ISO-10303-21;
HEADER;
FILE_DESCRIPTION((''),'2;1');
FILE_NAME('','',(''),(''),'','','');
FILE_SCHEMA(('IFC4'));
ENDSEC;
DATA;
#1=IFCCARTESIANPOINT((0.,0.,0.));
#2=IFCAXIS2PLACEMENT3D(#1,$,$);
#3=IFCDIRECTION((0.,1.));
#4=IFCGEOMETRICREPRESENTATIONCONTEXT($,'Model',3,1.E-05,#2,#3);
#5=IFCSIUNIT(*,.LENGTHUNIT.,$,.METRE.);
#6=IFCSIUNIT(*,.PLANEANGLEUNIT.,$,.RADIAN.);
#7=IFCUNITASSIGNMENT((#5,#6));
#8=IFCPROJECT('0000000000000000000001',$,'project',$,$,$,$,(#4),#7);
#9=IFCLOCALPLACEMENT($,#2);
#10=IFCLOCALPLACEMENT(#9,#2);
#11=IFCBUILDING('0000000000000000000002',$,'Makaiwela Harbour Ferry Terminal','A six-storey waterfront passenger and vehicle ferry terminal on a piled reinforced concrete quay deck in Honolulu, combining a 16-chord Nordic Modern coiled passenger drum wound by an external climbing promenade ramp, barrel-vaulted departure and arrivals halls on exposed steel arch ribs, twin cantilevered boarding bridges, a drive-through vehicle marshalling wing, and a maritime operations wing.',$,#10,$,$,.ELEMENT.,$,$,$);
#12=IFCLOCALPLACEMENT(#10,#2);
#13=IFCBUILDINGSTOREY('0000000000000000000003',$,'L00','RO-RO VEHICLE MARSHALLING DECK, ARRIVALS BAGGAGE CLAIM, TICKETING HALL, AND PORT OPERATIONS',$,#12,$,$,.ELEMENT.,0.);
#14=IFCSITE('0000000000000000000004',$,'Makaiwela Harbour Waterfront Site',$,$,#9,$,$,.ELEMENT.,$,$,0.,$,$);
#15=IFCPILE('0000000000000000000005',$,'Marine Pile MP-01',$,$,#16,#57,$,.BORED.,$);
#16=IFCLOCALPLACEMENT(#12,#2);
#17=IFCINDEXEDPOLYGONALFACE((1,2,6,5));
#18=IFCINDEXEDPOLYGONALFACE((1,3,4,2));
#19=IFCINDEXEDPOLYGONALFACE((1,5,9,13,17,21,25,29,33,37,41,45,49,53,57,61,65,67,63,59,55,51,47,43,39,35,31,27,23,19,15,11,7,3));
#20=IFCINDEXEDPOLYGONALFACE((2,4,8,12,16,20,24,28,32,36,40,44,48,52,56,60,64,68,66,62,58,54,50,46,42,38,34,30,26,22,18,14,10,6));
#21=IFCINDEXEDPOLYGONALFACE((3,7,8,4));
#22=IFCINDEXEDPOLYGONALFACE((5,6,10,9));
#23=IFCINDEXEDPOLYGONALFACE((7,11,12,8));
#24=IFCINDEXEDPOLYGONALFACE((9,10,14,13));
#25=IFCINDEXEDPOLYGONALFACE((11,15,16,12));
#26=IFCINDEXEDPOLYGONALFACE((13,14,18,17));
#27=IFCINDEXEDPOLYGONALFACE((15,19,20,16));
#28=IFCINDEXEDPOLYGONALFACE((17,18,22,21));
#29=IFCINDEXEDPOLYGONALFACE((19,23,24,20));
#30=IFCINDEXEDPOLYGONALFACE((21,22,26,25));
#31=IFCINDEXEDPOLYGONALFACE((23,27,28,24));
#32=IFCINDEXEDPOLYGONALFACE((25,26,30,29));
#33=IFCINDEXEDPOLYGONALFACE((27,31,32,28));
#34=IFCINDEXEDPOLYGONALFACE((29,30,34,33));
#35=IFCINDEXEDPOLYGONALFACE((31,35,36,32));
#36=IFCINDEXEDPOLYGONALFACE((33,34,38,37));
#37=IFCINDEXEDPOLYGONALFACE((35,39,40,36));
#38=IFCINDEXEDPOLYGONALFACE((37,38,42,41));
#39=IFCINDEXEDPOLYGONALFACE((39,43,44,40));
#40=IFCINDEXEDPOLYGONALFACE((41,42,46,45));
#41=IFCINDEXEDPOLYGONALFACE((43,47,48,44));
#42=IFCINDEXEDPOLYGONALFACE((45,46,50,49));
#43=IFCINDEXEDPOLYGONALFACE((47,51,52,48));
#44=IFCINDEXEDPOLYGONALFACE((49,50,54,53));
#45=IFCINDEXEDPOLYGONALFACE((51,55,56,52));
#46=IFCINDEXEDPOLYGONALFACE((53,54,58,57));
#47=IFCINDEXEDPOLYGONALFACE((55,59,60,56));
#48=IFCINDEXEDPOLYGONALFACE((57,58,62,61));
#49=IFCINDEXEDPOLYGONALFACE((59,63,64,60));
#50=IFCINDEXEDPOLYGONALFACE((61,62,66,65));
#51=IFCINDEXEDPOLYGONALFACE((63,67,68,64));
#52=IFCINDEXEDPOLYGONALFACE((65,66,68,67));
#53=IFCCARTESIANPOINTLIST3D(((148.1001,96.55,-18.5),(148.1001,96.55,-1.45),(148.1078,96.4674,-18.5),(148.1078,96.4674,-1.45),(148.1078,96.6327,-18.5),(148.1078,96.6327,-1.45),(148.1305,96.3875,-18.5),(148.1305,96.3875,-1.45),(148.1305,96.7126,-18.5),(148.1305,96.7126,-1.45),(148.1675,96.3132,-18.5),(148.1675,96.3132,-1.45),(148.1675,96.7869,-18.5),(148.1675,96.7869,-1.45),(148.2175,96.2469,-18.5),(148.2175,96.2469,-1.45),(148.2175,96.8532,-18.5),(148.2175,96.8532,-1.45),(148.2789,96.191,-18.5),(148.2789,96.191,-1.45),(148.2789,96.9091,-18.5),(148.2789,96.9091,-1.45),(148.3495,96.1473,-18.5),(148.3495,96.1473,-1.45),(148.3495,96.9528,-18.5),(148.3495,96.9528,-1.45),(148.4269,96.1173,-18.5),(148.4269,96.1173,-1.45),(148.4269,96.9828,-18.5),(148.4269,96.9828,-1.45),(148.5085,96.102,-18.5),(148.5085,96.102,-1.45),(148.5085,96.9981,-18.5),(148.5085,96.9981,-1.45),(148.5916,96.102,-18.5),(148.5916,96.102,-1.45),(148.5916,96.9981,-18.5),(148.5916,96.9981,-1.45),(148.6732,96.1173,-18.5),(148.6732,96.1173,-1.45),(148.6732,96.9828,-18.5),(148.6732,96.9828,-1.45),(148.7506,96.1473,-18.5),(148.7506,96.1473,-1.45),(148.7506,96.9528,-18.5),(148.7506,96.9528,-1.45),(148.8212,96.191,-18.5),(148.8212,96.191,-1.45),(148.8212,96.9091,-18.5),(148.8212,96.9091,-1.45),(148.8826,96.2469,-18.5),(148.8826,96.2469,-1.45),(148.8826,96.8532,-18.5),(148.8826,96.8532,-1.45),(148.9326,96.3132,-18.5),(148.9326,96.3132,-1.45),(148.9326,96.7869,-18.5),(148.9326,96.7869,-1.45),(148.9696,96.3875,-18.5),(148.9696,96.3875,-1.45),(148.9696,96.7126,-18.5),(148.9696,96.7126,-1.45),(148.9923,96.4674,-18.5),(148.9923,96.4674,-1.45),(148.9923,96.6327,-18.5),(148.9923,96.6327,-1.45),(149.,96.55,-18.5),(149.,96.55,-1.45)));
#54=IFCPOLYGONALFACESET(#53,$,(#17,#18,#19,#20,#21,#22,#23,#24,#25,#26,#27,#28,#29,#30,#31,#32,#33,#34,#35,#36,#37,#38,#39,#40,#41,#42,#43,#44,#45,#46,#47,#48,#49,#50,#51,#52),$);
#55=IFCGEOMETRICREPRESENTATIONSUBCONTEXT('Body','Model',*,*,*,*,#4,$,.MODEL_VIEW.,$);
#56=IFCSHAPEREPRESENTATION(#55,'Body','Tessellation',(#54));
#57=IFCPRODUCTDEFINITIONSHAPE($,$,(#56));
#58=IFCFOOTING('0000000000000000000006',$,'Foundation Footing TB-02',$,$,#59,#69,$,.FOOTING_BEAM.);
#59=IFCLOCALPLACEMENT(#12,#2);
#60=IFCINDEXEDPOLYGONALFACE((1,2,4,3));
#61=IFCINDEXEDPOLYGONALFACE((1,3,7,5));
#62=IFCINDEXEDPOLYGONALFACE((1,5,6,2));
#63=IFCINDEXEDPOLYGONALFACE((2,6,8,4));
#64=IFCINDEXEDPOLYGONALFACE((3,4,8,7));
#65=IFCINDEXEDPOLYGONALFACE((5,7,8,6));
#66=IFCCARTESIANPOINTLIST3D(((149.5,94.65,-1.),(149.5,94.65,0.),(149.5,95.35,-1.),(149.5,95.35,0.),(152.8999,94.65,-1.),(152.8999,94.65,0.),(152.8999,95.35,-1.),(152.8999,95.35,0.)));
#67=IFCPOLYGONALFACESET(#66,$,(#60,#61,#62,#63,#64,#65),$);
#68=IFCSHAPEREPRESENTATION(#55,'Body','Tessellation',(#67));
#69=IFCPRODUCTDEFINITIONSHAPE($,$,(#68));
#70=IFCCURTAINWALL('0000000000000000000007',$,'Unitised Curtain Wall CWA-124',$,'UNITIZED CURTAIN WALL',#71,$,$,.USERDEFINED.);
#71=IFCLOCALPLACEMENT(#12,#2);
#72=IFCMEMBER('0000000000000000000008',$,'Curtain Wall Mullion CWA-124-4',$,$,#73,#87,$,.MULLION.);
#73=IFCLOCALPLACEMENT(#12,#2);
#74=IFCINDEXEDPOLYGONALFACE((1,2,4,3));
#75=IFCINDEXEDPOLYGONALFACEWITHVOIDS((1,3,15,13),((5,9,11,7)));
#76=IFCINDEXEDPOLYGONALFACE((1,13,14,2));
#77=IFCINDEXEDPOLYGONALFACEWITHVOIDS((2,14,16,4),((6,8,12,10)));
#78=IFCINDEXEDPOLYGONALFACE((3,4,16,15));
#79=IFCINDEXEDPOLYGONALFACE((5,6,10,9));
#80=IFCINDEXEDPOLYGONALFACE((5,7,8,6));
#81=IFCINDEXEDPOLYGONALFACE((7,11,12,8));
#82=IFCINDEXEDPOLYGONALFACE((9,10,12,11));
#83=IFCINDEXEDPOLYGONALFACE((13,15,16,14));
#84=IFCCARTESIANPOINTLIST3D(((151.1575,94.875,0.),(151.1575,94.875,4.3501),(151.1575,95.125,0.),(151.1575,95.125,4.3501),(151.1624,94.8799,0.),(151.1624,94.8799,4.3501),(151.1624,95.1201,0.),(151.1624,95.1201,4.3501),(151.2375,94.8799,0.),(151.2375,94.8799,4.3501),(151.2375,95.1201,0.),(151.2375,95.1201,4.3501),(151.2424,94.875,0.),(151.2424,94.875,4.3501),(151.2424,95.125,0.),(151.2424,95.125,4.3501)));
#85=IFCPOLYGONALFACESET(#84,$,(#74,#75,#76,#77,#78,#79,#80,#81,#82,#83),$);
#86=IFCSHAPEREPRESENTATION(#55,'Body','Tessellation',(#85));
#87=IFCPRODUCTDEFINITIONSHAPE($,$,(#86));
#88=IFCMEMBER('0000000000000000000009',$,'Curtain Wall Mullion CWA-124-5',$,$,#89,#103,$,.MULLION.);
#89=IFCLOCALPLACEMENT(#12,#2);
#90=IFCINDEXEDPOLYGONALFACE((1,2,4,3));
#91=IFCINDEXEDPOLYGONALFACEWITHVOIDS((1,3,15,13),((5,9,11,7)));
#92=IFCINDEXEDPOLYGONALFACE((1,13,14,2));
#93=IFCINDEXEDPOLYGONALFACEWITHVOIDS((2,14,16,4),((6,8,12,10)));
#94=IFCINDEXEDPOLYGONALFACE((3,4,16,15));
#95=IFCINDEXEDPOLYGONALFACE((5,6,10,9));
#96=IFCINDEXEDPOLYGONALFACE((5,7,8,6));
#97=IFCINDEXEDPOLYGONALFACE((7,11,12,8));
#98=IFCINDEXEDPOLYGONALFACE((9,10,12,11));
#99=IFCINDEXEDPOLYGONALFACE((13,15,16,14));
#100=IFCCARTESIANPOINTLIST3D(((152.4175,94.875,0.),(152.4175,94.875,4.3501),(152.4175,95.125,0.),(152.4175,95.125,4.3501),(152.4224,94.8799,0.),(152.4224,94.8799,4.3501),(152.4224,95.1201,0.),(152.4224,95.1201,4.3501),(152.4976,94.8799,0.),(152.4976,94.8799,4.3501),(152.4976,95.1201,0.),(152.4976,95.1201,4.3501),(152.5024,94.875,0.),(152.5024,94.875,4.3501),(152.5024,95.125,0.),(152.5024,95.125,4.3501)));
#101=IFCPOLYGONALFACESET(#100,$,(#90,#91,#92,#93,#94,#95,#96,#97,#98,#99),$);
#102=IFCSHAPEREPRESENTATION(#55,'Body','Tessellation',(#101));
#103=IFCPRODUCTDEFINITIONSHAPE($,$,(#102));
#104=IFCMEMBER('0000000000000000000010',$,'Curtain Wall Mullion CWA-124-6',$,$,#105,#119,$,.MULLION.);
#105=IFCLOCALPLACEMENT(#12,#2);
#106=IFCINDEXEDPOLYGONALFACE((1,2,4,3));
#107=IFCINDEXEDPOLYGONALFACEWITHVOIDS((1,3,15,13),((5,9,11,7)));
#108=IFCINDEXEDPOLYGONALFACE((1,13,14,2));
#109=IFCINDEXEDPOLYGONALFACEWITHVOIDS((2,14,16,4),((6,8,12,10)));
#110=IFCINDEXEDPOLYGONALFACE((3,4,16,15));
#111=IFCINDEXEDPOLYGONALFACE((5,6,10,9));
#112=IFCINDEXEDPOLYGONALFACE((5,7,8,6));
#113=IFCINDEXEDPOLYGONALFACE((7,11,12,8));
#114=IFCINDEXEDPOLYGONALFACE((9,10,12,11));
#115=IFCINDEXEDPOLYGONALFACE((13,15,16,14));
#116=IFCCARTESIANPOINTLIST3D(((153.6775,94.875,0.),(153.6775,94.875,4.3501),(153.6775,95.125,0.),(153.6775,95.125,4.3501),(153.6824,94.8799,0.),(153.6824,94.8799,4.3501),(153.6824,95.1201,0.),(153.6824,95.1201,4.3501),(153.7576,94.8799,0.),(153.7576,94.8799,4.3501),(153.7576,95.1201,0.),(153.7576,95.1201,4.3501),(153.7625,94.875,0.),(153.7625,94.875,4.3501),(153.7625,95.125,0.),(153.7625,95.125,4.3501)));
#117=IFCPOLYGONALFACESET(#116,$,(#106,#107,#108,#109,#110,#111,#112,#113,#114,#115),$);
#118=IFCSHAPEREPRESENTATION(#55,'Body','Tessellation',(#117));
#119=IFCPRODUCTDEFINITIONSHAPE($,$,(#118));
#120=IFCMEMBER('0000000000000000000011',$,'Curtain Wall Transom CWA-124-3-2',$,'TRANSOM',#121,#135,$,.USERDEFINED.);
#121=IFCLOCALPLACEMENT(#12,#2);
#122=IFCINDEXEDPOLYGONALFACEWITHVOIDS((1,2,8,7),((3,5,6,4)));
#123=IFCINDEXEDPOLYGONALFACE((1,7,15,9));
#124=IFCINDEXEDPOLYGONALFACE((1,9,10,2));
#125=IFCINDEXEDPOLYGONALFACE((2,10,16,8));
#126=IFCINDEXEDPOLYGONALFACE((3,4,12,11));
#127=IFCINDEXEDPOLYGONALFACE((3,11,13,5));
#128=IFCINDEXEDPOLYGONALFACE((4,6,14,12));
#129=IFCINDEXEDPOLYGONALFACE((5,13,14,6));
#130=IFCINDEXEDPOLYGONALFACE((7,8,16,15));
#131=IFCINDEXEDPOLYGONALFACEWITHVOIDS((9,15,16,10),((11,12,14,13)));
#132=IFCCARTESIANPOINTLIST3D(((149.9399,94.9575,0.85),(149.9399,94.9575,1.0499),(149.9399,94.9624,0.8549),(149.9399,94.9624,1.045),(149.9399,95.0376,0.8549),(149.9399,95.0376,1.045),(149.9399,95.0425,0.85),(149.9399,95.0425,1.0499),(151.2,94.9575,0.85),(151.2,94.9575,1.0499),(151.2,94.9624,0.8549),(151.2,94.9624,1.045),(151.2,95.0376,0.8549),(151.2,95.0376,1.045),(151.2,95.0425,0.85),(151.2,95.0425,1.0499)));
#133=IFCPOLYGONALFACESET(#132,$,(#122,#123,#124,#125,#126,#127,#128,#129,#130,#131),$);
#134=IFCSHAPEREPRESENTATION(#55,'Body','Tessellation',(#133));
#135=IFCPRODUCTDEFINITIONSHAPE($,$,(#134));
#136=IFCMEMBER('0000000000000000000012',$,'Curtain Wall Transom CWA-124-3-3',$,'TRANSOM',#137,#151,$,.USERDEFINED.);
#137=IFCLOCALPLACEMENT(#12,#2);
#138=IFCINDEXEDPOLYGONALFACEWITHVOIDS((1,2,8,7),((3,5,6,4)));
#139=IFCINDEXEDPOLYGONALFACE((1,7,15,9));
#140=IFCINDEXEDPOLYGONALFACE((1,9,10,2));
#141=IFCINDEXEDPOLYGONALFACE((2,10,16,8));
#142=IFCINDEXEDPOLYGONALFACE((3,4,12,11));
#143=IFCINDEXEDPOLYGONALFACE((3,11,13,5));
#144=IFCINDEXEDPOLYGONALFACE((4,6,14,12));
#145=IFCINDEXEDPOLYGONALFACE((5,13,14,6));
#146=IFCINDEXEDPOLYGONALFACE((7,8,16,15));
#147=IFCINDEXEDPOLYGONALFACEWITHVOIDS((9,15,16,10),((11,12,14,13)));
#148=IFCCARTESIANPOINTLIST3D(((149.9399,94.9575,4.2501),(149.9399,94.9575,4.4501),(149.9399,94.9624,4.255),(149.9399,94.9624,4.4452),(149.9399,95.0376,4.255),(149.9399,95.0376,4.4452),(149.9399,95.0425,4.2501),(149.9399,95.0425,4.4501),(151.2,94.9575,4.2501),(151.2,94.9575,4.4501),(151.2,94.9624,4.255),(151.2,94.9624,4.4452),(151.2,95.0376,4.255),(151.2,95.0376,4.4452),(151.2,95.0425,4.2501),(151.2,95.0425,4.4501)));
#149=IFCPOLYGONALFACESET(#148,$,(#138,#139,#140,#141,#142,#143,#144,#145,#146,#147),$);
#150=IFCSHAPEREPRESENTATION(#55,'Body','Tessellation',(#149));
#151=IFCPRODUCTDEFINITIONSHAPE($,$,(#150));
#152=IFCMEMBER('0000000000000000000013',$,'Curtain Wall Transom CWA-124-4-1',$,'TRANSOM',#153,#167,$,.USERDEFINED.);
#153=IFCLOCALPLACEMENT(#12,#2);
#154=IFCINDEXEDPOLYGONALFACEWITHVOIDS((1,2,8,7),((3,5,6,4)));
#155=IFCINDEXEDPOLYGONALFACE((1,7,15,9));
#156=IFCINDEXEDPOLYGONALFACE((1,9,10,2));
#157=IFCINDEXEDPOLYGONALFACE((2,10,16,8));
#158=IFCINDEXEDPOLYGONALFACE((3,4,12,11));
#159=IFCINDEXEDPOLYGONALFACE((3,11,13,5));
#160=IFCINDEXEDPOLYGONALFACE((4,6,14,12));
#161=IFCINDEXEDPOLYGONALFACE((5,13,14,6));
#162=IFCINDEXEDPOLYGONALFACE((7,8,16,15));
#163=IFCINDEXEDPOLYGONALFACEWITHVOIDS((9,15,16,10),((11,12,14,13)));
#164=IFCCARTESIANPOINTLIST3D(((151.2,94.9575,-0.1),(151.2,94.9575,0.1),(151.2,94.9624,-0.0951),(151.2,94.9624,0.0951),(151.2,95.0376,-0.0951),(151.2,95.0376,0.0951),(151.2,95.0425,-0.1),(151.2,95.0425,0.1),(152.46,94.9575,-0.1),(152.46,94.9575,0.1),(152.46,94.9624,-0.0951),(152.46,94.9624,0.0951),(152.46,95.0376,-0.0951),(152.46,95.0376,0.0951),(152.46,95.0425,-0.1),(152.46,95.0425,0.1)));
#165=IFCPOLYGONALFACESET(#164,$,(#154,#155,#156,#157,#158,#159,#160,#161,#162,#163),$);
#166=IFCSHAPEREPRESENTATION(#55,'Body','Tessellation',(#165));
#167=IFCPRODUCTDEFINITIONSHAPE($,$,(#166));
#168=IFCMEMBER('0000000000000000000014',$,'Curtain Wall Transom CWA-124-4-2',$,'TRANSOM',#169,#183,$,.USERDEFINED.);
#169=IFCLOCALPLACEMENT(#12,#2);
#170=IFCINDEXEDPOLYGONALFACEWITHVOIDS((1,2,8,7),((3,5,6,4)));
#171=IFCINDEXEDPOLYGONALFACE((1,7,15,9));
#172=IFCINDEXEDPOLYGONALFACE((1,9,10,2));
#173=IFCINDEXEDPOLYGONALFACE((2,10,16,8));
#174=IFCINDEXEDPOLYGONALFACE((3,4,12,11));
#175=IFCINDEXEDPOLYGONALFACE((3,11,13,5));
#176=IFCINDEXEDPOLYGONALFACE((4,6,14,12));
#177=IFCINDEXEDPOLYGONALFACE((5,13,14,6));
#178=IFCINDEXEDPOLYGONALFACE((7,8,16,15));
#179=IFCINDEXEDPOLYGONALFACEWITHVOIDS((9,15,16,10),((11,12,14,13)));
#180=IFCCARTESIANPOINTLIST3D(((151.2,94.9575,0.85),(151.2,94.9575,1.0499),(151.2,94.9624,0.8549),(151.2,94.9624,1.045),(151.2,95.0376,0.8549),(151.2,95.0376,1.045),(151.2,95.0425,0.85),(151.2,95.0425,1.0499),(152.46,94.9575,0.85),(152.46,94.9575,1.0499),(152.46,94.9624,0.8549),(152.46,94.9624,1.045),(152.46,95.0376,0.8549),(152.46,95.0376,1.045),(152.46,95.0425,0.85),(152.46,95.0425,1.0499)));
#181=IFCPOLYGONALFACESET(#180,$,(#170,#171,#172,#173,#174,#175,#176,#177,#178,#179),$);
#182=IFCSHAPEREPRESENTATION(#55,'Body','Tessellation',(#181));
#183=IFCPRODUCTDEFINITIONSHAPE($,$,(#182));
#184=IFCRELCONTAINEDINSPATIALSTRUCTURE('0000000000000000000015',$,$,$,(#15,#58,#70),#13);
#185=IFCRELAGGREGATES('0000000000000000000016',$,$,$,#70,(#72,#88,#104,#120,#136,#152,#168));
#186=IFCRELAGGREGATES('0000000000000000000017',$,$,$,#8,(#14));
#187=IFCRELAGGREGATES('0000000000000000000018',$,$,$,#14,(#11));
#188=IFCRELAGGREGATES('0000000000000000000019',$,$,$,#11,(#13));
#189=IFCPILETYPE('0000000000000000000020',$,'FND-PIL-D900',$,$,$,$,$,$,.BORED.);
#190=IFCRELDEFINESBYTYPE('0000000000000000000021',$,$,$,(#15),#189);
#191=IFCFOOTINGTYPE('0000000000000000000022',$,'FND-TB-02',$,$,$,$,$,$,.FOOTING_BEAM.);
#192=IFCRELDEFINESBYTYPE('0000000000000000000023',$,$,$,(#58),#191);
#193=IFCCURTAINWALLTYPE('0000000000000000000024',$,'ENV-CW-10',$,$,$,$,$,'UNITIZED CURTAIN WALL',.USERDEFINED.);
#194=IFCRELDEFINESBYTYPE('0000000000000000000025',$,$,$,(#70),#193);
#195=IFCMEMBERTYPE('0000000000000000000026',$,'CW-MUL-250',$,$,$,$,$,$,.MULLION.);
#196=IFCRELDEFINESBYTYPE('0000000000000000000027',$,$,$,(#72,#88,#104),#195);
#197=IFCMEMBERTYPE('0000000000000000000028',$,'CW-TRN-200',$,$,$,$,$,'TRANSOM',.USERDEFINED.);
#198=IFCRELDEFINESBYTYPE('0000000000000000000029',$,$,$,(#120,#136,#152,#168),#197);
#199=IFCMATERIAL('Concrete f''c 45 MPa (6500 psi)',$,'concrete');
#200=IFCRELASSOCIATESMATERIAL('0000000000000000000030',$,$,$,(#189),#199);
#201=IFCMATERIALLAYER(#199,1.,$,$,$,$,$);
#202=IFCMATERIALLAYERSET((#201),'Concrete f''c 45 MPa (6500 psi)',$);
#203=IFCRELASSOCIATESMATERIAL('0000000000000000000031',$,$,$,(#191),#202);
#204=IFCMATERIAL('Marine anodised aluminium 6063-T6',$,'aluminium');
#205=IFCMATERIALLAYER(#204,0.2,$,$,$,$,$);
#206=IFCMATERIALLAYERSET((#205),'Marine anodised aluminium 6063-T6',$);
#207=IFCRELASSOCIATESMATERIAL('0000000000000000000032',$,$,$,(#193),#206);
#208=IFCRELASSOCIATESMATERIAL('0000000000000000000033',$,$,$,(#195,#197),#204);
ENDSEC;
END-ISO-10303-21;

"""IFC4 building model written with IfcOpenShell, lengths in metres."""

from ifc_helpers import new_model, si_unit, direction, frame, origin, origin_2d, place, context, subcontext, project, spatial, rectangle, hollow_rectangle, circle, extrude, material, layer, layer_set, material_profile, profile_set, type_object, element, aggregate, save


model = new_model("IFC4")

# Units and contexts
model_context = context("Model", 3, precision=1e-05, world=origin(), true_north=direction((0.0, 1.0)))
body_context = subcontext(model_context, "Body", "Model", "MODEL_VIEW")
ifc_project = project(units=[si_unit("LENGTHUNIT", "METRE"), si_unit("PLANEANGLEUNIT", "RADIAN")], contexts=[model_context])

# Site, building, storey
site_placement = place(None, origin())
site = spatial("IfcSite", under=ifc_project, at=site_placement, Name="Makaiwela Harbour Waterfront Site", CompositionType="ELEMENT", RefElevation=0.0)
building_placement = place(site_placement, origin())
building = spatial("IfcBuilding", under=site, at=building_placement, Name="Makaiwela Harbour Ferry Terminal", Description="A six-storey waterfront passenger and vehicle ferry terminal on a piled reinforced concrete quay deck in Honolulu, combining a 16-chord Nordic Modern coiled passenger drum wound by an external climbing promenade ramp, barrel-vaulted departure and arrivals halls on exposed steel arch ribs, twin cantilevered boarding bridges, a drive-through vehicle marshalling wing, and a maritime operations wing.", CompositionType="ELEMENT")
storey_placement = place(building_placement, origin())
storey = spatial("IfcBuildingStorey", under=building, at=storey_placement, Name="L00", Description="RO-RO VEHICLE MARSHALLING DECK, ARRIVALS BAGGAGE CLAIM, TICKETING HALL, AND PORT OPERATIONS", CompositionType="ELEMENT", Elevation=0.0)

# Pile
ifc_material_1 = material(Name="Concrete f'c 45 MPa (6500 psi)", Category="concrete")
ifc_material_profile_1 = material_profile(ifc_material_1, circle(Radius=0.45, at=origin_2d()), Name="PILE-D900")
ifc_profile_set_1 = profile_set([ifc_material_profile_1], Name="Concrete f'c 45 MPa (6500 psi)")
pile_type = type_object("IfcPileType", Name="FND-PIL-D900", PredefinedType="BORED", material=ifc_profile_set_1)
pile_placement = place(storey_placement, frame((148.55, 96.55, -1.45), z_axis=(0.0, 0.0, -1.0), x_axis=(1.0, 0.0, 0.0)))
element("IfcPile", 1, at=pile_placement, inside=storey, type_object=pile_type, Name="Marine Pile MP-01", PredefinedType="BORED", context=body_context, shape_type="SweptSolid", body=[
    extrude(circle(Radius=0.45, at=origin_2d()), origin(), (0.0, 0.0, 1.0), 17.05),
])

# Footing
ifc_layer_1 = layer(ifc_material_1, 1.0)
ifc_layer_set_1 = layer_set([ifc_layer_1], Name="Concrete f'c 45 MPa (6500 psi)")
footing_type = type_object("IfcFootingType", Name="FND-TB-02", PredefinedType="FOOTING_BEAM", material=ifc_layer_set_1)
footing_placement = place(storey_placement, frame((151.2, 95.0, -1.0), z_axis=(0.0, 0.0, 1.0), x_axis=(1.0, 0.0, 0.0)))
element("IfcFooting", 2, at=footing_placement, inside=storey, type_object=footing_type, Name="Foundation Footing TB-02", PredefinedType="FOOTING_BEAM", context=body_context, shape_type="SweptSolid", body=[
    extrude(rectangle(XDim=3.3999, YDim=0.7, at=origin_2d()), origin(), (0.0, 0.0, 1.0), 1.0),
])

# Curtain wall, members
ifc_material_2 = material(Name="Marine anodised aluminium 6063-T6", Category="aluminium")
ifc_layer_2 = layer(ifc_material_2, 0.2)
ifc_layer_set_2 = layer_set([ifc_layer_2], Name="Marine anodised aluminium 6063-T6")
curtain_wall_type = type_object("IfcCurtainWallType", Name="ENV-CW-10", ElementType="UNITIZED CURTAIN WALL", PredefinedType="USERDEFINED", material=ifc_layer_set_2)
curtain_wall_placement = place(storey_placement, origin())
curtain_wall = element("IfcCurtainWall", 3, at=curtain_wall_placement, inside=storey, type_object=curtain_wall_type, Name="Unitised Curtain Wall CWA-124", ObjectType="UNITIZED CURTAIN WALL", PredefinedType="USERDEFINED")
ifc_material_profile_2 = material_profile(ifc_material_2, hollow_rectangle(XDim=0.085, YDim=0.25, WallThickness=0.0049, at=origin_2d()), Name="CWM-250X85")
ifc_profile_set_2 = profile_set([ifc_material_profile_2], Name="Marine anodised aluminium 6063-T6")
member_type_1 = type_object("IfcMemberType", Name="CW-MUL-250", PredefinedType="MULLION", material=ifc_profile_set_2)
member_1_placement = place(storey_placement, frame((151.2, 95.0, 0.0), z_axis=(0.0, 0.0, 1.0), x_axis=(1.0, 0.0, 0.0)))
member_1 = element("IfcMember", 4, at=member_1_placement, type_object=member_type_1, Name="Curtain Wall Mullion CWA-124-4", PredefinedType="MULLION", context=body_context, shape_type="SweptSolid", body=[
    extrude(hollow_rectangle(XDim=0.085, YDim=0.25, WallThickness=0.0049, at=origin_2d()), origin(), (0.0, 0.0, 1.0), 4.3501),
])
member_2_placement = place(storey_placement, frame((152.46, 95.0, 0.0), z_axis=(0.0, 0.0, 1.0), x_axis=(1.0, 0.0, 0.0)))
member_2 = element("IfcMember", 5, at=member_2_placement, type_object=member_type_1, Name="Curtain Wall Mullion CWA-124-5", PredefinedType="MULLION", context=body_context, shape_type="SweptSolid", body=[
    extrude(hollow_rectangle(XDim=0.085, YDim=0.25, WallThickness=0.0049, at=origin_2d()), origin(), (0.0, 0.0, 1.0), 4.3501),
])
member_3_placement = place(storey_placement, frame((153.72, 95.0, 0.0), z_axis=(0.0, 0.0, 1.0), x_axis=(1.0, 0.0, 0.0)))
member_3 = element("IfcMember", 6, at=member_3_placement, type_object=member_type_1, Name="Curtain Wall Mullion CWA-124-6", PredefinedType="MULLION", context=body_context, shape_type="SweptSolid", body=[
    extrude(hollow_rectangle(XDim=0.085, YDim=0.25, WallThickness=0.0049, at=origin_2d()), origin(), (0.0, 0.0, 1.0), 4.3501),
])
ifc_material_profile_3 = material_profile(ifc_material_2, hollow_rectangle(XDim=0.085, YDim=0.2, WallThickness=0.0049, at=origin_2d()), Name="CWT-200X85")
ifc_profile_set_3 = profile_set([ifc_material_profile_3], Name="Marine anodised aluminium 6063-T6")
member_type_2 = type_object("IfcMemberType", Name="CW-TRN-200", ElementType="TRANSOM", PredefinedType="USERDEFINED", material=ifc_profile_set_3)
member_4_placement = place(storey_placement, frame((149.9399, 95.0, 0.95), z_axis=(1.0, 0.0, 0.0), x_axis=(0.0, 1.0, 0.0)))
member_4 = element("IfcMember", 7, at=member_4_placement, type_object=member_type_2, Name="Curtain Wall Transom CWA-124-3-2", ObjectType="TRANSOM", PredefinedType="USERDEFINED", context=body_context, shape_type="SweptSolid", body=[
    extrude(hollow_rectangle(XDim=0.085, YDim=0.2, WallThickness=0.0049, at=origin_2d()), origin(), (0.0, 0.0, 1.0), 1.26),
])
member_5_placement = place(storey_placement, frame((149.9399, 95.0, 4.3501), z_axis=(1.0, 0.0, 0.0), x_axis=(0.0, 1.0, 0.0)))
member_5 = element("IfcMember", 8, at=member_5_placement, type_object=member_type_2, Name="Curtain Wall Transom CWA-124-3-3", ObjectType="TRANSOM", PredefinedType="USERDEFINED", context=body_context, shape_type="SweptSolid", body=[
    extrude(hollow_rectangle(XDim=0.085, YDim=0.2, WallThickness=0.0049, at=origin_2d()), origin(), (0.0, 0.0, 1.0), 1.26),
])
member_6_placement = place(storey_placement, frame((151.2, 95.0, 0.0), z_axis=(1.0, 0.0, 0.0), x_axis=(0.0, 1.0, 0.0)))
member_6 = element("IfcMember", 9, at=member_6_placement, type_object=member_type_2, Name="Curtain Wall Transom CWA-124-4-1", ObjectType="TRANSOM", PredefinedType="USERDEFINED", context=body_context, shape_type="SweptSolid", body=[
    extrude(hollow_rectangle(XDim=0.085, YDim=0.2, WallThickness=0.0049, at=origin_2d()), origin(), (0.0, 0.0, 1.0), 1.26),
])
member_7_placement = place(storey_placement, frame((151.2, 95.0, 0.95), z_axis=(1.0, 0.0, 0.0), x_axis=(0.0, 1.0, 0.0)))
member_7 = element("IfcMember", 10, at=member_7_placement, type_object=member_type_2, Name="Curtain Wall Transom CWA-124-4-2", ObjectType="TRANSOM", PredefinedType="USERDEFINED", context=body_context, shape_type="SweptSolid", body=[
    extrude(hollow_rectangle(XDim=0.085, YDim=0.2, WallThickness=0.0049, at=origin_2d()), origin(), (0.0, 0.0, 1.0), 1.26),
])
aggregate(curtain_wall, [member_1, member_2, member_3, member_4, member_5, member_6, member_7])

save(model, "model.ifc")
